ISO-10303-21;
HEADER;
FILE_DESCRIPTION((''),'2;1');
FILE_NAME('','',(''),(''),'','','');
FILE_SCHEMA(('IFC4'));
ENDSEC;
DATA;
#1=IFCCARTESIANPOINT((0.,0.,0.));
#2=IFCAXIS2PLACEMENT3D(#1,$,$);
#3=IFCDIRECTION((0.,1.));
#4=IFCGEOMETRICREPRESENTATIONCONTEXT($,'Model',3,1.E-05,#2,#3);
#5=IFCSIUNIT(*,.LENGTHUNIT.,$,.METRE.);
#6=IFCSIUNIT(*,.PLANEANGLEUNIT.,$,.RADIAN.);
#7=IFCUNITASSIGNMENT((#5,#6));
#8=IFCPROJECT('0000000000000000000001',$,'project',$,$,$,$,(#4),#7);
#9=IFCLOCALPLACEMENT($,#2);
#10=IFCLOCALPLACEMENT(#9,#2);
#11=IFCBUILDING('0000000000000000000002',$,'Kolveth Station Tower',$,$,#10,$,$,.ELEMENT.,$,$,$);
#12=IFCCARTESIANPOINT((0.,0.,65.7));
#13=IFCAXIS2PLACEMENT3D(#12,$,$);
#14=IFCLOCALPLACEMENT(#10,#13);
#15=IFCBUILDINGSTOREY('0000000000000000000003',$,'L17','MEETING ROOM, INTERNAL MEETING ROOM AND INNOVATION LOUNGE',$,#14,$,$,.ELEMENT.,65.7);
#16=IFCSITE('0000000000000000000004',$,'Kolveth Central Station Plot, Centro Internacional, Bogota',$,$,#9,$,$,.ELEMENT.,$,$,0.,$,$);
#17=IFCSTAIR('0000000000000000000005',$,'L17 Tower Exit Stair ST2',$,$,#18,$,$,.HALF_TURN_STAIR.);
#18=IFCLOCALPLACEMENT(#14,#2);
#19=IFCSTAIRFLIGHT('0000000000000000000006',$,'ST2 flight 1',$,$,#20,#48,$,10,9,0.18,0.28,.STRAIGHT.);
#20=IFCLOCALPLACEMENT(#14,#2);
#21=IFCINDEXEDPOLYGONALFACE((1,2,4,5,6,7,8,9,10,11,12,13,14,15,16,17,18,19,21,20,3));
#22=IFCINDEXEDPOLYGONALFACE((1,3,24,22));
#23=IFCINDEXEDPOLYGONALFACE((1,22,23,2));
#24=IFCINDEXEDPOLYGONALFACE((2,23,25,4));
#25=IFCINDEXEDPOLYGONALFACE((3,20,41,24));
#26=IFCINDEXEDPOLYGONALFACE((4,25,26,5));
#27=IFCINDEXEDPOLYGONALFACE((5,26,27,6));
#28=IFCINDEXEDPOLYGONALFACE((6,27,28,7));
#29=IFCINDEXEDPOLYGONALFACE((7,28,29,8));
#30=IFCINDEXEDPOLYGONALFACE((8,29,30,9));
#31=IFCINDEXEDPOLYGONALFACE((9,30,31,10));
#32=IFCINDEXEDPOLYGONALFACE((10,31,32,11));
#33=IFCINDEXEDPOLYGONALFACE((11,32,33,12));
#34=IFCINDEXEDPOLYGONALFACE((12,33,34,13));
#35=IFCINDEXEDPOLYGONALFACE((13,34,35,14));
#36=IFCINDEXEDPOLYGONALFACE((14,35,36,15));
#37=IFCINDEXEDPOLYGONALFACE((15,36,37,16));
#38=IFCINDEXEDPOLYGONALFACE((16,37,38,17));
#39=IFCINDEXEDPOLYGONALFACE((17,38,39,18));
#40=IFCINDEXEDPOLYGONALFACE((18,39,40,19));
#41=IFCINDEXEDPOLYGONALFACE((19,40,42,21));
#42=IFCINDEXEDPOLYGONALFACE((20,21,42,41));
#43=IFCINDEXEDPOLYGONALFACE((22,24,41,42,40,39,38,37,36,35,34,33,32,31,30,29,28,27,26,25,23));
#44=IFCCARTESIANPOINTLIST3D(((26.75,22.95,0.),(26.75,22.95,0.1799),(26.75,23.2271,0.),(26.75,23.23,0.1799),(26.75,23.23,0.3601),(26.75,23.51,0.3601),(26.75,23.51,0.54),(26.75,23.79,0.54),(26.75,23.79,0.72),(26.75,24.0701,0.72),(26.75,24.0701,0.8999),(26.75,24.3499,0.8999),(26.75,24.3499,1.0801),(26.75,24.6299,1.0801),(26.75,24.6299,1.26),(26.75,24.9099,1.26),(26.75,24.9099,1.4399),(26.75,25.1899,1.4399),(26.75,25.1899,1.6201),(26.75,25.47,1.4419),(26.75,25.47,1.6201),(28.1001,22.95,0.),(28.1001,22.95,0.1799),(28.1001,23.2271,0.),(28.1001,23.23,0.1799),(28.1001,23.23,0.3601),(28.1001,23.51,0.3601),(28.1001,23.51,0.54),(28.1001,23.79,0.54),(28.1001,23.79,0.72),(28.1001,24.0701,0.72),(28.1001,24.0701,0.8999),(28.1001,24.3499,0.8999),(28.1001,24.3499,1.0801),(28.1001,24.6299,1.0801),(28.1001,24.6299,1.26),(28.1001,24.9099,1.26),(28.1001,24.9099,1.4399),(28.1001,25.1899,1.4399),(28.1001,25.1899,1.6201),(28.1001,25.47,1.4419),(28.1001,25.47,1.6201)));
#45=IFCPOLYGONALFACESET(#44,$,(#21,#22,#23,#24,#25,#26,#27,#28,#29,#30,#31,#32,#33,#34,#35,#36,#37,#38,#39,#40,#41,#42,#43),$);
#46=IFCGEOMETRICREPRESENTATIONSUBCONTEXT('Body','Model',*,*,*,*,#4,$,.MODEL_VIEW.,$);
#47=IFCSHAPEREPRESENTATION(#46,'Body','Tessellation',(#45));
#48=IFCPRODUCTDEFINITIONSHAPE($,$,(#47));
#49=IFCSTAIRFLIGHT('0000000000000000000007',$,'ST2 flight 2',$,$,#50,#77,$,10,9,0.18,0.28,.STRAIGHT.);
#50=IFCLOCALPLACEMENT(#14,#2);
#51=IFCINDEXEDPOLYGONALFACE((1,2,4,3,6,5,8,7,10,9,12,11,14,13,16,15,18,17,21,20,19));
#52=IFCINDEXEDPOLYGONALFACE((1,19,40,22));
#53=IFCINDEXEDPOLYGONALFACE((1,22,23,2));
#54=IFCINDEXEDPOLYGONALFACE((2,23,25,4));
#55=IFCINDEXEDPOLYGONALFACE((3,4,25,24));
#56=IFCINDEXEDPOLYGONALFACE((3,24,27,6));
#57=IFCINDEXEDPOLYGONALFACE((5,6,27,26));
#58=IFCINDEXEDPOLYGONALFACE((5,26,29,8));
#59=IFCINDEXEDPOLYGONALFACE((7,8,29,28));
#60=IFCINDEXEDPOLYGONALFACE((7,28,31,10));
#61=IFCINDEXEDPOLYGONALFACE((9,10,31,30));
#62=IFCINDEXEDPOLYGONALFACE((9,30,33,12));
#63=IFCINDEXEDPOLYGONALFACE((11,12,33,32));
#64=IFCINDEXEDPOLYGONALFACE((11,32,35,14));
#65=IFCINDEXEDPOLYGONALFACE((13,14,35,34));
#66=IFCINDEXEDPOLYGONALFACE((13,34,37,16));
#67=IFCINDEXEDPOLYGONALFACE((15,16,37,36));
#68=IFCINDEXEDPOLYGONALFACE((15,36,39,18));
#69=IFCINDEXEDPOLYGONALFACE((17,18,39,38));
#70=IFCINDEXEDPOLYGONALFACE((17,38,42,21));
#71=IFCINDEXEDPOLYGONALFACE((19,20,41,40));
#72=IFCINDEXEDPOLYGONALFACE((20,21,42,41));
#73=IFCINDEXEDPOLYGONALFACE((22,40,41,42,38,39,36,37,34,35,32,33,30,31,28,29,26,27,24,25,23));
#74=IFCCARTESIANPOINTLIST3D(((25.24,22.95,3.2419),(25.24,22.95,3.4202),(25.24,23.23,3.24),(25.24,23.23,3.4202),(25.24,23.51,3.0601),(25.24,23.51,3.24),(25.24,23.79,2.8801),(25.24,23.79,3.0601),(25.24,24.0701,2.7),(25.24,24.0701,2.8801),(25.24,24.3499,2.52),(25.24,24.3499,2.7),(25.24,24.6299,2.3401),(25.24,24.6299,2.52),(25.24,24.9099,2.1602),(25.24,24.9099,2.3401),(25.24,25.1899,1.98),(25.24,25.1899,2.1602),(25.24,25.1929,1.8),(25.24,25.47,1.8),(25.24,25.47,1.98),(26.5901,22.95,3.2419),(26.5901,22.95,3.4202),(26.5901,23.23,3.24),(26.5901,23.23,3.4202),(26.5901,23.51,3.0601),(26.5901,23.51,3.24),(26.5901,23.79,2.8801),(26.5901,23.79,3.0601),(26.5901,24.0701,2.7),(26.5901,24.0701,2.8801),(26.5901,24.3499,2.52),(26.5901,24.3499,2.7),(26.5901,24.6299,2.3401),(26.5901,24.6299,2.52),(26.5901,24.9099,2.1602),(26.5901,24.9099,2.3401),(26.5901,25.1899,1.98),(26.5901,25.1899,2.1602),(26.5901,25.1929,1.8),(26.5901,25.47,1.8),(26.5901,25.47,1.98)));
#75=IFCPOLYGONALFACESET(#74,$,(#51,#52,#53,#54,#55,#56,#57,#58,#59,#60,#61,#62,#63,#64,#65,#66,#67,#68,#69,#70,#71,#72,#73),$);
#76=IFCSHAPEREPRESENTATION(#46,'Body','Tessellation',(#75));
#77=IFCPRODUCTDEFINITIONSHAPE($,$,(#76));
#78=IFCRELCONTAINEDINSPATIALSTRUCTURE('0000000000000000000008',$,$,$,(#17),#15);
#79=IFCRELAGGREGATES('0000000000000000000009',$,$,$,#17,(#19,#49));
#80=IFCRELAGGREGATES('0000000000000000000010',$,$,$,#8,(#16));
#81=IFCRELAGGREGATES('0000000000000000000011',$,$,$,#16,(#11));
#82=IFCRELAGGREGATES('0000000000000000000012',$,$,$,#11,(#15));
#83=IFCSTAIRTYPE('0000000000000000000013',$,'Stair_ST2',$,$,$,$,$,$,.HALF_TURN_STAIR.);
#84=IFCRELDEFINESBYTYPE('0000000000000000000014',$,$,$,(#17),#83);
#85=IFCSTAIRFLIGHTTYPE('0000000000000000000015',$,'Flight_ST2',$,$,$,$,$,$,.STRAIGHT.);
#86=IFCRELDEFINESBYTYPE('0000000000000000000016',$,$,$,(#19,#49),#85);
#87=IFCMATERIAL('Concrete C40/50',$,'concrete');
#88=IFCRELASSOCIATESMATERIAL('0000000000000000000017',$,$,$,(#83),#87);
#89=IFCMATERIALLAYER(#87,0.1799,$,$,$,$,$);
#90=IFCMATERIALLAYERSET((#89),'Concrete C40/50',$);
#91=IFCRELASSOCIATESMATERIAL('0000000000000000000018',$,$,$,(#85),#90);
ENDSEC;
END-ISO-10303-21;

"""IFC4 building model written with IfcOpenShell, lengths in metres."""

from ifc_helpers import new_model, si_unit, direction, frame, origin, place, context, subcontext, project, spatial, polyline, outline, extrude, material, layer, layer_set, type_object, element, aggregate, save


model = new_model("IFC4")

# Units and contexts
model_context = context("Model", 3, precision=1e-05, world=origin(), true_north=direction((0.0, 1.0)))
body_context = subcontext(model_context, "Body", "Model", "MODEL_VIEW")
ifc_project = project(units=[si_unit("LENGTHUNIT", "METRE"), si_unit("PLANEANGLEUNIT", "RADIAN")], contexts=[model_context])

# Site, building, storey
site_placement = place(None, origin())
site = spatial("IfcSite", under=ifc_project, at=site_placement, Name="Kolveth Central Station Plot, Centro Internacional, Bogota", CompositionType="ELEMENT", RefElevation=0.0)
building_placement = place(site_placement, origin())
building = spatial("IfcBuilding", under=site, at=building_placement, Name="Kolveth Station Tower", CompositionType="ELEMENT")
storey_placement = place(building_placement, frame((0.0, 0.0, 65.7)))
storey = spatial("IfcBuildingStorey", under=building, at=storey_placement, Name="L17", Description="MEETING ROOM, INTERNAL MEETING ROOM AND INNOVATION LOUNGE", CompositionType="ELEMENT", Elevation=65.7)

# Shared definitions
ifc_material_1 = material(Name="Concrete C40/50", Category="concrete")

# Stair, stair flights
stair_type = type_object("IfcStairType", Name="Stair_ST2", PredefinedType="HALF_TURN_STAIR", material=ifc_material_1)
stair_placement = place(storey_placement, origin())
stair = element("IfcStair", 1, at=stair_placement, inside=storey, type_object=stair_type, Name="L17 Tower Exit Stair ST2", PredefinedType="HALF_TURN_STAIR")
ifc_layer_1 = layer(ifc_material_1, 0.1799)
ifc_layer_set_1 = layer_set([ifc_layer_1], Name="Concrete C40/50")
stair_flight_type = type_object("IfcStairFlightType", Name="Flight_ST2", PredefinedType="STRAIGHT", material=ifc_layer_set_1)
stair_flight_1_placement = place(storey_placement, frame((27.425, 22.95, 0.0), z_axis=(0.0, 0.0, 1.0), x_axis=(0.0, 1.0, 0.0)))
stair_flight_1 = element("IfcStairFlight", 2, at=stair_flight_1_placement, type_object=stair_flight_type, Name="ST2 flight 1", NumberOfRisers=10, NumberOfTreads=9, PredefinedType="STRAIGHT", RiserHeight=0.18, TreadLength=0.28, context=body_context, shape_type="SweptSolid", body=[
    extrude(outline(polyline([(0.0, 0.0), (0.0, 0.1799), (0.28, 0.1799), (0.28, 0.3601), (0.5601, 0.3601), (0.5601, 0.54), (0.8401, 0.54), (0.8401, 0.72), (1.1201, 0.72), (1.1201, 0.8999), (1.3999, 0.8999), (1.3999, 1.0801), (1.6799, 1.0801), (1.6799, 1.26), (1.96, 1.26), (1.96, 1.4399), (2.24, 1.4399), (2.24, 1.6201), (2.52, 1.6201), (2.52, 1.8), (2.52, 1.4419), (0.2771, 0.0), (0.0, 0.0)])), frame((0.0, 0.675, 0.0), z_axis=(0.0, -1.0, 0.0), x_axis=(1.0, 0.0, 0.0)), (0.0, 0.0, 1.0), 1.3501),
])
stair_flight_2_placement = place(storey_placement, frame((25.915, 25.47, 1.8), z_axis=(0.0, 0.0, 1.0), x_axis=(0.0, -1.0, 0.0)))
stair_flight_2 = element("IfcStairFlight", 3, at=stair_flight_2_placement, type_object=stair_flight_type, Name="ST2 flight 2", NumberOfRisers=10, NumberOfTreads=9, PredefinedType="STRAIGHT", RiserHeight=0.18, TreadLength=0.28, context=body_context, shape_type="SweptSolid", body=[
    extrude(outline(polyline([(0.0, 0.0), (0.0, 0.1799), (0.28, 0.1799), (0.28, 0.3601), (0.5601, 0.3601), (0.5601, 0.54), (0.8401, 0.54), (0.8401, 0.72), (1.1201, 0.72), (1.1201, 0.8999), (1.3999, 0.8999), (1.3999, 1.0801), (1.6799, 1.0801), (1.6799, 1.26), (1.96, 1.26), (1.96, 1.4399), (2.24, 1.4399), (2.24, 1.6201), (2.52, 1.6201), (2.52, 1.8), (2.52, 1.4419), (0.2771, 0.0), (0.0, 0.0)])), frame((0.0, 0.675, 0.0), z_axis=(0.0, -1.0, 0.0), x_axis=(1.0, 0.0, 0.0)), (0.0, 0.0, 1.0), 1.3501),
])
aggregate(stair, [stair_flight_1, stair_flight_2])

save(model, "model.ifc")
